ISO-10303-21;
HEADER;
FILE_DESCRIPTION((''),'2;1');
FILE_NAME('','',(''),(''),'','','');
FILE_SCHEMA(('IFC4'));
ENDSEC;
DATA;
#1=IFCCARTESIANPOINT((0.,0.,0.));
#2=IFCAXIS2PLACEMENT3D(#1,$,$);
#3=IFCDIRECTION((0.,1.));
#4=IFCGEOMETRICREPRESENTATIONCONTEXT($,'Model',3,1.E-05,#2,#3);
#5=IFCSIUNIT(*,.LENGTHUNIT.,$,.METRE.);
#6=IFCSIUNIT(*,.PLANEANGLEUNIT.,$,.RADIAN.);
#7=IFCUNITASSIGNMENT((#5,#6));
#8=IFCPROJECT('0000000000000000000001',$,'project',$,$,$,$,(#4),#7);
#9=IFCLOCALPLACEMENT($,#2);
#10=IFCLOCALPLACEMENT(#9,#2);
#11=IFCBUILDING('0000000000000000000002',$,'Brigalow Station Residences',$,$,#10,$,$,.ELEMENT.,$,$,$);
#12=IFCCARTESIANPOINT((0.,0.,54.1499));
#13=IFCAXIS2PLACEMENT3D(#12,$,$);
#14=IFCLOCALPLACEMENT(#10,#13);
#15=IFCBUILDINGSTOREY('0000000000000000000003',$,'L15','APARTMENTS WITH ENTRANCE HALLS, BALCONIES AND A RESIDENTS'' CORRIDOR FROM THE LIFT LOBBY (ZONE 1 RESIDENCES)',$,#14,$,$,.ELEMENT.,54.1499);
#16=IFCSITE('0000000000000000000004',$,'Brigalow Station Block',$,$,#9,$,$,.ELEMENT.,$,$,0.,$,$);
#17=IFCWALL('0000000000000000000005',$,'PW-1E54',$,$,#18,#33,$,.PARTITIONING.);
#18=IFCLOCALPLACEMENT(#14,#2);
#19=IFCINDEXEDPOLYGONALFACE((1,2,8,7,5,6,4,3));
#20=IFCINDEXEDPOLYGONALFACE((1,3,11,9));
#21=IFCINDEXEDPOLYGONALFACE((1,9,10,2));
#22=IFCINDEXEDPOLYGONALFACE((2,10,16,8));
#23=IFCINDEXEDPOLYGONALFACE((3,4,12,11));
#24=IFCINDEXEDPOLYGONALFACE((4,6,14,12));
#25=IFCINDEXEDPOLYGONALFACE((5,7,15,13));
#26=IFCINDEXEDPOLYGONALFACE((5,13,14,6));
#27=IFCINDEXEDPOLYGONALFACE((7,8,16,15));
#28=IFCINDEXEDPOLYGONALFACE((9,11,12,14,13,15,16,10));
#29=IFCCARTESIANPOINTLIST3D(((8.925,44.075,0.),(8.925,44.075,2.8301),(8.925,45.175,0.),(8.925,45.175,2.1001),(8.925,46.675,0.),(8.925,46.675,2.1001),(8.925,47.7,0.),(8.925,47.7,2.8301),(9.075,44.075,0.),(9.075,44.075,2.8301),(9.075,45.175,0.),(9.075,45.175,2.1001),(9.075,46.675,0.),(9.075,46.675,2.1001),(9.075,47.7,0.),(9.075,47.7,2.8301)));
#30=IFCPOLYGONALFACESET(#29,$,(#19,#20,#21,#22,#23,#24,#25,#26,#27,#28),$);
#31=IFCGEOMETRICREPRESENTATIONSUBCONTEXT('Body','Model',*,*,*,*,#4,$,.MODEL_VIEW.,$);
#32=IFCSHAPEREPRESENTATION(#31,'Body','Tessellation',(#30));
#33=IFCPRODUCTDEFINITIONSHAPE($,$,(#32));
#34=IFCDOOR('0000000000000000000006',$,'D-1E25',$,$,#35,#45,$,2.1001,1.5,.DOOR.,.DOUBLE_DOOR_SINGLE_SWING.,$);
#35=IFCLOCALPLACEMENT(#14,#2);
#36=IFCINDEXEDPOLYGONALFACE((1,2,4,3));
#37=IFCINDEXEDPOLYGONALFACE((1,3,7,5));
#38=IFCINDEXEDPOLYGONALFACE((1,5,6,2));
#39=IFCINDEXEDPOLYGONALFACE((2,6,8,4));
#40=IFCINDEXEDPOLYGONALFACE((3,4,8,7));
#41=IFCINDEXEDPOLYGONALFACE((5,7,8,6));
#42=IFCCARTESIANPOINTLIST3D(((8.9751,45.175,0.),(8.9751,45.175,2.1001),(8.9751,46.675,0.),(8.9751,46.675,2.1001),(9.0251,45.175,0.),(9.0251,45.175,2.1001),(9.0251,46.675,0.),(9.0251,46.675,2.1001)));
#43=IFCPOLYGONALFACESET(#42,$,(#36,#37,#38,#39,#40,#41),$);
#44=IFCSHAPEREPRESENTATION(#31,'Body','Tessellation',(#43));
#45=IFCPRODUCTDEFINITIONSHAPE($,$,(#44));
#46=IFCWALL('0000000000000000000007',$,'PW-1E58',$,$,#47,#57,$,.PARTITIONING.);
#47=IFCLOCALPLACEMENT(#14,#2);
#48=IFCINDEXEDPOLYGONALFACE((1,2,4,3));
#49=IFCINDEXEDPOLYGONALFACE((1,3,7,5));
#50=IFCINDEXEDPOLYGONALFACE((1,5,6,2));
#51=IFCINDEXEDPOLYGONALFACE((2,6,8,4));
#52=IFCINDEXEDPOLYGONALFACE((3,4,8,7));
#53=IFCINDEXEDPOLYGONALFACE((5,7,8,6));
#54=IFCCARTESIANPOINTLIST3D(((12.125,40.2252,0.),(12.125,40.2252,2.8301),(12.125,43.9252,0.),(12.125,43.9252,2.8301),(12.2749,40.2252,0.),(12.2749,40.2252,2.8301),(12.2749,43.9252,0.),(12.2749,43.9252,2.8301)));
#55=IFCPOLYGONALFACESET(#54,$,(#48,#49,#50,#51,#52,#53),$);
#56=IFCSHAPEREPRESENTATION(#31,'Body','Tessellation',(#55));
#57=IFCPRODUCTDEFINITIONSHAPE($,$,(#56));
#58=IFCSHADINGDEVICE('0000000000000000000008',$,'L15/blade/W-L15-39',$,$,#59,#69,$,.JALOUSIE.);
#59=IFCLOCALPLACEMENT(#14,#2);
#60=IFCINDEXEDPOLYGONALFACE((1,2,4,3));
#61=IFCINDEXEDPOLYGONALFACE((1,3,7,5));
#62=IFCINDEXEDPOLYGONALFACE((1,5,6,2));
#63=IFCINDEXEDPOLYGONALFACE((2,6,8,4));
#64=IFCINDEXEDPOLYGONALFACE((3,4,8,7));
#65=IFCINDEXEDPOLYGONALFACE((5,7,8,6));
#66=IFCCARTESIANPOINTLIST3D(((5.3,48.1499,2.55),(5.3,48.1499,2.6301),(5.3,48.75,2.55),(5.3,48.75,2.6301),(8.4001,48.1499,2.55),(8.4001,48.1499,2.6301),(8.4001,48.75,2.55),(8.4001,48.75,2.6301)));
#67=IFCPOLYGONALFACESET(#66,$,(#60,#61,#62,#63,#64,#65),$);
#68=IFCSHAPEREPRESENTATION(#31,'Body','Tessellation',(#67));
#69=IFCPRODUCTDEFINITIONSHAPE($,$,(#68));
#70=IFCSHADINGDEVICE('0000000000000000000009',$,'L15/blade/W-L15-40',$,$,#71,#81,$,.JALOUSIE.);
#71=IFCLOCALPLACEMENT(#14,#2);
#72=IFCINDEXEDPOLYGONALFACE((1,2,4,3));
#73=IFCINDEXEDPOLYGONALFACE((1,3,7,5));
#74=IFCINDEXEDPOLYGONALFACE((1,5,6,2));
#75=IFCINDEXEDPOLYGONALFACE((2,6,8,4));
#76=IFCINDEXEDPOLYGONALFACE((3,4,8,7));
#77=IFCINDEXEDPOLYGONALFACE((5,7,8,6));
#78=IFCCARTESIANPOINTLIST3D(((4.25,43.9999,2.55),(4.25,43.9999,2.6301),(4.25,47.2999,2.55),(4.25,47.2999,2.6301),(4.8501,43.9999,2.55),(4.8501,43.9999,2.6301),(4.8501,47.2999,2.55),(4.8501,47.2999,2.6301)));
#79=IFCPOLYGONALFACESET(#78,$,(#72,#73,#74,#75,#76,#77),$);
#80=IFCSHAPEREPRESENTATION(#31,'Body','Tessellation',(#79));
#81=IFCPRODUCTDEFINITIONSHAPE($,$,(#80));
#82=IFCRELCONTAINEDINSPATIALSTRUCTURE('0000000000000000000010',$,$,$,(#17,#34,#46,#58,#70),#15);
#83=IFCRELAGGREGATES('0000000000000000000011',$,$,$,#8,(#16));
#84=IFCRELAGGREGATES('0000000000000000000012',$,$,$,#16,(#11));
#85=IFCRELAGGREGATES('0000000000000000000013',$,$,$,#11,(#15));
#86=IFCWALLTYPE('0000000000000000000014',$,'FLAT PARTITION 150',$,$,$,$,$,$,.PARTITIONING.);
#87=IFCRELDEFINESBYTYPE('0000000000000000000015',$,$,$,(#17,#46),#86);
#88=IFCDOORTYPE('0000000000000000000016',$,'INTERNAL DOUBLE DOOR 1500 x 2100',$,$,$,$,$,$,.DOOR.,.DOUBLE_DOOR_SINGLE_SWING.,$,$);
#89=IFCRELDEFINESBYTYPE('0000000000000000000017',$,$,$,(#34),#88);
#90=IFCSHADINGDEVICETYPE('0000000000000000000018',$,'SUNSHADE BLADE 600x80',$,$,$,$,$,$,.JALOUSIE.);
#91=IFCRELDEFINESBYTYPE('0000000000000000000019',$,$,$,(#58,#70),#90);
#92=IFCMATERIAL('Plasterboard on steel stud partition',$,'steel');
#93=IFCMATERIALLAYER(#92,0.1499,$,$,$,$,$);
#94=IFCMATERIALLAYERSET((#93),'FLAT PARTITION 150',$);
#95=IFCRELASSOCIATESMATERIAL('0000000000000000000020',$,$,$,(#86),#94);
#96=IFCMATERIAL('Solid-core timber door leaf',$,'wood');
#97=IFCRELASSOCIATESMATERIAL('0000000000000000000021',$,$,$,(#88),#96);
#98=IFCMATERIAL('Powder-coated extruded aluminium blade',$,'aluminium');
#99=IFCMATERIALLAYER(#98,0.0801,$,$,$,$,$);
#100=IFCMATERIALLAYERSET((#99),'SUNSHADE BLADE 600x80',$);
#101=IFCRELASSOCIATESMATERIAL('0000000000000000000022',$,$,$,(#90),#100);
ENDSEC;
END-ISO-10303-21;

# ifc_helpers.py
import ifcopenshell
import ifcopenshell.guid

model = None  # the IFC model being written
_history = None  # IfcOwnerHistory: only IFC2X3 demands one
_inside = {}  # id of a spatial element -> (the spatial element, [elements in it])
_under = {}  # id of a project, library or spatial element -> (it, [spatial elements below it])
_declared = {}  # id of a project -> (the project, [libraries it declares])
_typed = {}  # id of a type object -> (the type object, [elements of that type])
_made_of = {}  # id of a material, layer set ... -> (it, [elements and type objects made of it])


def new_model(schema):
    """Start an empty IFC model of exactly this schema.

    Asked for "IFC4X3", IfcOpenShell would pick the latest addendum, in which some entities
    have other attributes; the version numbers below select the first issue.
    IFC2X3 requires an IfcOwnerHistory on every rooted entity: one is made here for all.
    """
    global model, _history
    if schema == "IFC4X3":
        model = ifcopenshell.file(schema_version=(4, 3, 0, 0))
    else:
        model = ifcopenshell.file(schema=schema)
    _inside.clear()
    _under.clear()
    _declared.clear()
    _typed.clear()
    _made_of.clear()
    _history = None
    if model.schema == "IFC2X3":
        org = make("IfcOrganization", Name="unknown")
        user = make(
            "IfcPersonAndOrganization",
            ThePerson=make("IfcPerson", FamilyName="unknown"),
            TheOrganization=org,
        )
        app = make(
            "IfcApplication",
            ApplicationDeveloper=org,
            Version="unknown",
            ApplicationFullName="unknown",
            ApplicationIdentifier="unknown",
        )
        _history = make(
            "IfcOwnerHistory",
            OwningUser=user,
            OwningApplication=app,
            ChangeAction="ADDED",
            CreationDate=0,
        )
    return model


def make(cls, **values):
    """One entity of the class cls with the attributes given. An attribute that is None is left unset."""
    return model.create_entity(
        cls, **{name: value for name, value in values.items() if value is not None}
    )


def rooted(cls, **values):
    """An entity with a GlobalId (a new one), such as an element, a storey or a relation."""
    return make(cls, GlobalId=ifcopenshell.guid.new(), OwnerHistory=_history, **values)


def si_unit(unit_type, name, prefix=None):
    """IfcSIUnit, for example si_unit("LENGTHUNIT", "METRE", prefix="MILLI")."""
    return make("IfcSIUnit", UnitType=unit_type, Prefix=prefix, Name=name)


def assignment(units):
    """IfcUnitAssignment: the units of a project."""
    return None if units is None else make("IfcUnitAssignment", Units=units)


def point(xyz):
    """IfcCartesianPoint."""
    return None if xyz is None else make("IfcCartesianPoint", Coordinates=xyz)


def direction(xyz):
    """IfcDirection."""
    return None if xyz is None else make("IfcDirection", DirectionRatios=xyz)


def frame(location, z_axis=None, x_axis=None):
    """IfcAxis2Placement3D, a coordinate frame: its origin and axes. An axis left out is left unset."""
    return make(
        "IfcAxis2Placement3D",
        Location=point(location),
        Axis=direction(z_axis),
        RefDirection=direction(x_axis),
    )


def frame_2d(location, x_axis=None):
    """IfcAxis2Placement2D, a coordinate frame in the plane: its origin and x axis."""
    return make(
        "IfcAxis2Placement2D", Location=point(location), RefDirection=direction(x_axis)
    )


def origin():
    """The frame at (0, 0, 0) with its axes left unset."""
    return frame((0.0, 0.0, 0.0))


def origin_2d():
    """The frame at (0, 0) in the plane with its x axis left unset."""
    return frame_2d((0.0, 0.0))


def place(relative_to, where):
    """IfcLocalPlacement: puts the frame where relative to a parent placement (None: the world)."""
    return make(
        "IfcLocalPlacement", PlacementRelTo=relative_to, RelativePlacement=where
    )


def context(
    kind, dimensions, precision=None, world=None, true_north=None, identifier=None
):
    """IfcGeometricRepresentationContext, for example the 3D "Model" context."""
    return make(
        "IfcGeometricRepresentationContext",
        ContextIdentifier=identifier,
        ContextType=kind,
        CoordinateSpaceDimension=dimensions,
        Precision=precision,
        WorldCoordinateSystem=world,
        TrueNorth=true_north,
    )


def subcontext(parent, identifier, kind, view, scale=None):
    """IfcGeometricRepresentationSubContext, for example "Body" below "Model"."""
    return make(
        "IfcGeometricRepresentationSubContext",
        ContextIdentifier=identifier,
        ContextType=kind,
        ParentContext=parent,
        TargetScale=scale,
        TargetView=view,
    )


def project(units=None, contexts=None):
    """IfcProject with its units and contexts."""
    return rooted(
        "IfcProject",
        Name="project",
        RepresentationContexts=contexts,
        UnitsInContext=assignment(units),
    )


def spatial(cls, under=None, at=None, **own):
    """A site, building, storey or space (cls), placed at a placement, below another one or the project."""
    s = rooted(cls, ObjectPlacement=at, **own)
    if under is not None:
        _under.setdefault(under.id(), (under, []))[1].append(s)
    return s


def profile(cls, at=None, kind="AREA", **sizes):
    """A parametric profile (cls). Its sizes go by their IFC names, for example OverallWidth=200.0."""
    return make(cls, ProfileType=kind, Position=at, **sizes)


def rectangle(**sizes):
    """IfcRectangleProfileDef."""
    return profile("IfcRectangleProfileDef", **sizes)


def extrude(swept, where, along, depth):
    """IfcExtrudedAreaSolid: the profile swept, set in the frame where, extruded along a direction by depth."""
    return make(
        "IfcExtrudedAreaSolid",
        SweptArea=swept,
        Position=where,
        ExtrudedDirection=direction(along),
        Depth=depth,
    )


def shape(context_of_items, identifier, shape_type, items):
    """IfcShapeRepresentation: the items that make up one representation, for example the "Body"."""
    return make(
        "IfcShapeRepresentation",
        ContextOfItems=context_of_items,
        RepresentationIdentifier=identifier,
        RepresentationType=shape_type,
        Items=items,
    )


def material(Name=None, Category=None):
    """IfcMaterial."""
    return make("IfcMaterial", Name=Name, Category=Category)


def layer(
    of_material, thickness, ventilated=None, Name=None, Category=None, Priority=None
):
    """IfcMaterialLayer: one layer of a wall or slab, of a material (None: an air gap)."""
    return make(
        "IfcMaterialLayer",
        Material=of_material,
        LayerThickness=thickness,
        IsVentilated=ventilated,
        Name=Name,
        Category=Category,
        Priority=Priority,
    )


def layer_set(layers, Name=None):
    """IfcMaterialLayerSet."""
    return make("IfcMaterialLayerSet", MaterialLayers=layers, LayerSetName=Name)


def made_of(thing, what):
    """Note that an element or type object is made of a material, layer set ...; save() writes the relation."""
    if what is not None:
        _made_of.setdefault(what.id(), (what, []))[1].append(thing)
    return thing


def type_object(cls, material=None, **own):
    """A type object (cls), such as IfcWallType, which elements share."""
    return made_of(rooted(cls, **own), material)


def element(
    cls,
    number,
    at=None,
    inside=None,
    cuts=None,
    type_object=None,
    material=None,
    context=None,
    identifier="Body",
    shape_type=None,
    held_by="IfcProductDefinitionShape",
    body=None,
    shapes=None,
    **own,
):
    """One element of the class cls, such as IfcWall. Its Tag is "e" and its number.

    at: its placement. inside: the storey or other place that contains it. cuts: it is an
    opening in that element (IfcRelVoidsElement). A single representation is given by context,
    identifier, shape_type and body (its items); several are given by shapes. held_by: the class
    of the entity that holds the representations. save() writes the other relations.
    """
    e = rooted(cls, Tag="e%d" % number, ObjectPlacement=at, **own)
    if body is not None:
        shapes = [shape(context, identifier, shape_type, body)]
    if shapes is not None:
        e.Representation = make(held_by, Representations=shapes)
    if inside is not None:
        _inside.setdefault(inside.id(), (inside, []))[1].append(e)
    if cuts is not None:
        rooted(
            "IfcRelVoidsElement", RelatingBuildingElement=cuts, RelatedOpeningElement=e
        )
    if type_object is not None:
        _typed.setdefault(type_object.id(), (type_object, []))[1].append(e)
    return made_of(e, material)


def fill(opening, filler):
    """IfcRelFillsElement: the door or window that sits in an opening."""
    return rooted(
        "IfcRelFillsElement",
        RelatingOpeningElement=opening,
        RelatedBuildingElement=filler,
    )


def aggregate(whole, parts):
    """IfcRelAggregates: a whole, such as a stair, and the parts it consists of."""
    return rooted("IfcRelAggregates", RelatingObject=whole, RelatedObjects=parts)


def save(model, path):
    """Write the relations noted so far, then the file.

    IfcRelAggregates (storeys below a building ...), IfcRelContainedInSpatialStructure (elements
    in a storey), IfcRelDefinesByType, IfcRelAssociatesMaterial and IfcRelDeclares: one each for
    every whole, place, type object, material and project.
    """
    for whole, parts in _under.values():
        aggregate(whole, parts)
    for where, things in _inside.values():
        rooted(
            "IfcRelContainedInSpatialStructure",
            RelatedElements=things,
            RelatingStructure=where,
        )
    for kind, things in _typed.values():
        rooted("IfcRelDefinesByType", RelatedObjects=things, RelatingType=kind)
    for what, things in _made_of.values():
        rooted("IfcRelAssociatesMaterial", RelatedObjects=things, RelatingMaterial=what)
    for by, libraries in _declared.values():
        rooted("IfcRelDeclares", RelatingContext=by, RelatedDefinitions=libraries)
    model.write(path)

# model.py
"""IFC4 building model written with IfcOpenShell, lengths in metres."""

from ifc_helpers import new_model, si_unit, direction, frame, frame_2d, origin, origin_2d, place, context, subcontext, project, spatial, rectangle, extrude, material, layer, layer_set, type_object, element, fill, save


model = new_model("IFC4")

# Units and contexts
model_context = context("Model", 3, precision=1e-05, world=origin(), true_north=direction((0.0, 1.0)))
body_context = subcontext(model_context, "Body", "Model", "MODEL_VIEW")
ifc_project = project(units=[si_unit("LENGTHUNIT", "METRE"), si_unit("PLANEANGLEUNIT", "RADIAN")], contexts=[model_context])

# Site, building, storey
site_placement = place(None, origin())
site = spatial("IfcSite", under=ifc_project, at=site_placement, Name="Brigalow Station Block", CompositionType="ELEMENT", RefElevation=0.0)
building_placement = place(site_placement, origin())
building = spatial("IfcBuilding", under=site, at=building_placement, Name="Brigalow Station Residences", CompositionType="ELEMENT")
storey_placement = place(building_placement, frame((0.0, 0.0, 54.1499)))
storey = spatial("IfcBuildingStorey", under=building, at=storey_placement, Name="L15", Description="APARTMENTS WITH ENTRANCE HALLS, BALCONIES AND A RESIDENTS' CORRIDOR FROM THE LIFT LOBBY (ZONE 1 RESIDENCES)", CompositionType="ELEMENT", Elevation=54.1499)

# Shared definitions
ifc_material_1 = material(Name="Plasterboard on steel stud partition", Category="steel")
ifc_layer_1 = layer(ifc_material_1, 0.1499)
ifc_layer_set_1 = layer_set([ifc_layer_1], Name="FLAT PARTITION 150")
wall_type_1 = type_object("IfcWallType", Name="FLAT PARTITION 150", PredefinedType="PARTITIONING", material=ifc_layer_set_1)

# Wall, opening, door
wall_1_placement = place(storey_placement, frame((9.0, 44.075, 0.0), z_axis=(0.0, 0.0, 1.0), x_axis=(0.0, 1.0, 0.0)))
wall_1 = element("IfcWall", 1, at=wall_1_placement, inside=storey, type_object=wall_type_1, Name="PW-1E54", PredefinedType="PARTITIONING", context=body_context, shape_type="SweptSolid", body=[
    extrude(rectangle(XDim=3.625, YDim=0.1499, at=frame_2d((1.8125, 0.0))), origin(), (0.0, 0.0, 1.0), 2.8301),
])
opening_1_placement = place(wall_1_placement, frame((1.1001, 0.0, 0.0)))
opening_1 = element("IfcOpeningElement", 2, at=opening_1_placement, cuts=wall_1, PredefinedType="OPENING", context=body_context, shape_type="SweptSolid", body=[
    extrude(rectangle(XDim=1.5, YDim=2.1001, at=frame_2d((0.75, 1.05))), frame((0.0, 0.085, 0.0), z_axis=(0.0, -1.0, 0.0), x_axis=(1.0, 0.0, 0.0)), (0.0, 0.0, 1.0), 0.1699),
])
ifc_material_2 = material(Name="Solid-core timber door leaf", Category="wood")
door_type_1 = type_object("IfcDoorType", Name="INTERNAL DOUBLE DOOR 1500 x 2100", OperationType="DOUBLE_DOOR_SINGLE_SWING", PredefinedType="DOOR", material=ifc_material_2)
door_1_placement = place(opening_1_placement, origin())
door_1 = element("IfcDoor", 3, at=door_1_placement, inside=storey, type_object=door_type_1, Name="D-1E25", OperationType="DOUBLE_DOOR_SINGLE_SWING", OverallHeight=2.1001, OverallWidth=1.5, PredefinedType="DOOR", context=body_context, shape_type="SweptSolid", body=[
    extrude(rectangle(XDim=1.5, YDim=2.1001, at=frame_2d((0.75, 1.05))), frame((0.0, 0.0249, 0.0), z_axis=(0.0, -1.0, 0.0), x_axis=(1.0, 0.0, 0.0)), (0.0, 0.0, 1.0), 0.05),
])
fill(opening_1, door_1)

# Wall
wall_2_placement = place(storey_placement, frame((12.2, 40.2251, 0.0), z_axis=(0.0, 0.0, 1.0), x_axis=(0.0, 1.0, 0.0)))
element("IfcWall", 4, at=wall_2_placement, inside=storey, type_object=wall_type_1, Name="PW-1E58", PredefinedType="PARTITIONING", context=body_context, shape_type="SweptSolid", body=[
    extrude(rectangle(XDim=3.7, YDim=0.1499, at=frame_2d((1.8501, 0.0))), origin(), (0.0, 0.0, 1.0), 2.8301),
])

# Shading devices
ifc_material_3 = material(Name="Powder-coated extruded aluminium blade", Category="aluminium")
ifc_layer_2 = layer(ifc_material_3, 0.0801)
ifc_layer_set_2 = layer_set([ifc_layer_2], Name="SUNSHADE BLADE 600x80")
shading_device_type = type_object("IfcShadingDeviceType", Name="SUNSHADE BLADE 600x80", PredefinedType="JALOUSIE", material=ifc_layer_set_2)
shading_device_1_placement = place(storey_placement, frame((6.8501, 48.45, 2.55), z_axis=(0.0, 0.0, 1.0), x_axis=(-1.0, 0.0, 0.0)))
element("IfcShadingDevice", 5, at=shading_device_1_placement, inside=storey, type_object=shading_device_type, Name="L15/blade/W-L15-39", PredefinedType="JALOUSIE", context=body_context, shape_type="SweptSolid", body=[
    extrude(rectangle(XDim=3.1001, YDim=0.6001, at=origin_2d()), origin(), (0.0, 0.0, 1.0), 0.0801),
])
shading_device_2_placement = place(storey_placement, frame((4.55, 45.6499, 2.55), z_axis=(0.0, 0.0, 1.0), x_axis=(0.0, -1.0, 0.0)))
element("IfcShadingDevice", 6, at=shading_device_2_placement, inside=storey, type_object=shading_device_type, Name="L15/blade/W-L15-40", PredefinedType="JALOUSIE", context=body_context, shape_type="SweptSolid", body=[
    extrude(rectangle(XDim=3.3, YDim=0.6001, at=origin_2d()), origin(), (0.0, 0.0, 1.0), 0.0801),
])

save(model, "model.ifc")
